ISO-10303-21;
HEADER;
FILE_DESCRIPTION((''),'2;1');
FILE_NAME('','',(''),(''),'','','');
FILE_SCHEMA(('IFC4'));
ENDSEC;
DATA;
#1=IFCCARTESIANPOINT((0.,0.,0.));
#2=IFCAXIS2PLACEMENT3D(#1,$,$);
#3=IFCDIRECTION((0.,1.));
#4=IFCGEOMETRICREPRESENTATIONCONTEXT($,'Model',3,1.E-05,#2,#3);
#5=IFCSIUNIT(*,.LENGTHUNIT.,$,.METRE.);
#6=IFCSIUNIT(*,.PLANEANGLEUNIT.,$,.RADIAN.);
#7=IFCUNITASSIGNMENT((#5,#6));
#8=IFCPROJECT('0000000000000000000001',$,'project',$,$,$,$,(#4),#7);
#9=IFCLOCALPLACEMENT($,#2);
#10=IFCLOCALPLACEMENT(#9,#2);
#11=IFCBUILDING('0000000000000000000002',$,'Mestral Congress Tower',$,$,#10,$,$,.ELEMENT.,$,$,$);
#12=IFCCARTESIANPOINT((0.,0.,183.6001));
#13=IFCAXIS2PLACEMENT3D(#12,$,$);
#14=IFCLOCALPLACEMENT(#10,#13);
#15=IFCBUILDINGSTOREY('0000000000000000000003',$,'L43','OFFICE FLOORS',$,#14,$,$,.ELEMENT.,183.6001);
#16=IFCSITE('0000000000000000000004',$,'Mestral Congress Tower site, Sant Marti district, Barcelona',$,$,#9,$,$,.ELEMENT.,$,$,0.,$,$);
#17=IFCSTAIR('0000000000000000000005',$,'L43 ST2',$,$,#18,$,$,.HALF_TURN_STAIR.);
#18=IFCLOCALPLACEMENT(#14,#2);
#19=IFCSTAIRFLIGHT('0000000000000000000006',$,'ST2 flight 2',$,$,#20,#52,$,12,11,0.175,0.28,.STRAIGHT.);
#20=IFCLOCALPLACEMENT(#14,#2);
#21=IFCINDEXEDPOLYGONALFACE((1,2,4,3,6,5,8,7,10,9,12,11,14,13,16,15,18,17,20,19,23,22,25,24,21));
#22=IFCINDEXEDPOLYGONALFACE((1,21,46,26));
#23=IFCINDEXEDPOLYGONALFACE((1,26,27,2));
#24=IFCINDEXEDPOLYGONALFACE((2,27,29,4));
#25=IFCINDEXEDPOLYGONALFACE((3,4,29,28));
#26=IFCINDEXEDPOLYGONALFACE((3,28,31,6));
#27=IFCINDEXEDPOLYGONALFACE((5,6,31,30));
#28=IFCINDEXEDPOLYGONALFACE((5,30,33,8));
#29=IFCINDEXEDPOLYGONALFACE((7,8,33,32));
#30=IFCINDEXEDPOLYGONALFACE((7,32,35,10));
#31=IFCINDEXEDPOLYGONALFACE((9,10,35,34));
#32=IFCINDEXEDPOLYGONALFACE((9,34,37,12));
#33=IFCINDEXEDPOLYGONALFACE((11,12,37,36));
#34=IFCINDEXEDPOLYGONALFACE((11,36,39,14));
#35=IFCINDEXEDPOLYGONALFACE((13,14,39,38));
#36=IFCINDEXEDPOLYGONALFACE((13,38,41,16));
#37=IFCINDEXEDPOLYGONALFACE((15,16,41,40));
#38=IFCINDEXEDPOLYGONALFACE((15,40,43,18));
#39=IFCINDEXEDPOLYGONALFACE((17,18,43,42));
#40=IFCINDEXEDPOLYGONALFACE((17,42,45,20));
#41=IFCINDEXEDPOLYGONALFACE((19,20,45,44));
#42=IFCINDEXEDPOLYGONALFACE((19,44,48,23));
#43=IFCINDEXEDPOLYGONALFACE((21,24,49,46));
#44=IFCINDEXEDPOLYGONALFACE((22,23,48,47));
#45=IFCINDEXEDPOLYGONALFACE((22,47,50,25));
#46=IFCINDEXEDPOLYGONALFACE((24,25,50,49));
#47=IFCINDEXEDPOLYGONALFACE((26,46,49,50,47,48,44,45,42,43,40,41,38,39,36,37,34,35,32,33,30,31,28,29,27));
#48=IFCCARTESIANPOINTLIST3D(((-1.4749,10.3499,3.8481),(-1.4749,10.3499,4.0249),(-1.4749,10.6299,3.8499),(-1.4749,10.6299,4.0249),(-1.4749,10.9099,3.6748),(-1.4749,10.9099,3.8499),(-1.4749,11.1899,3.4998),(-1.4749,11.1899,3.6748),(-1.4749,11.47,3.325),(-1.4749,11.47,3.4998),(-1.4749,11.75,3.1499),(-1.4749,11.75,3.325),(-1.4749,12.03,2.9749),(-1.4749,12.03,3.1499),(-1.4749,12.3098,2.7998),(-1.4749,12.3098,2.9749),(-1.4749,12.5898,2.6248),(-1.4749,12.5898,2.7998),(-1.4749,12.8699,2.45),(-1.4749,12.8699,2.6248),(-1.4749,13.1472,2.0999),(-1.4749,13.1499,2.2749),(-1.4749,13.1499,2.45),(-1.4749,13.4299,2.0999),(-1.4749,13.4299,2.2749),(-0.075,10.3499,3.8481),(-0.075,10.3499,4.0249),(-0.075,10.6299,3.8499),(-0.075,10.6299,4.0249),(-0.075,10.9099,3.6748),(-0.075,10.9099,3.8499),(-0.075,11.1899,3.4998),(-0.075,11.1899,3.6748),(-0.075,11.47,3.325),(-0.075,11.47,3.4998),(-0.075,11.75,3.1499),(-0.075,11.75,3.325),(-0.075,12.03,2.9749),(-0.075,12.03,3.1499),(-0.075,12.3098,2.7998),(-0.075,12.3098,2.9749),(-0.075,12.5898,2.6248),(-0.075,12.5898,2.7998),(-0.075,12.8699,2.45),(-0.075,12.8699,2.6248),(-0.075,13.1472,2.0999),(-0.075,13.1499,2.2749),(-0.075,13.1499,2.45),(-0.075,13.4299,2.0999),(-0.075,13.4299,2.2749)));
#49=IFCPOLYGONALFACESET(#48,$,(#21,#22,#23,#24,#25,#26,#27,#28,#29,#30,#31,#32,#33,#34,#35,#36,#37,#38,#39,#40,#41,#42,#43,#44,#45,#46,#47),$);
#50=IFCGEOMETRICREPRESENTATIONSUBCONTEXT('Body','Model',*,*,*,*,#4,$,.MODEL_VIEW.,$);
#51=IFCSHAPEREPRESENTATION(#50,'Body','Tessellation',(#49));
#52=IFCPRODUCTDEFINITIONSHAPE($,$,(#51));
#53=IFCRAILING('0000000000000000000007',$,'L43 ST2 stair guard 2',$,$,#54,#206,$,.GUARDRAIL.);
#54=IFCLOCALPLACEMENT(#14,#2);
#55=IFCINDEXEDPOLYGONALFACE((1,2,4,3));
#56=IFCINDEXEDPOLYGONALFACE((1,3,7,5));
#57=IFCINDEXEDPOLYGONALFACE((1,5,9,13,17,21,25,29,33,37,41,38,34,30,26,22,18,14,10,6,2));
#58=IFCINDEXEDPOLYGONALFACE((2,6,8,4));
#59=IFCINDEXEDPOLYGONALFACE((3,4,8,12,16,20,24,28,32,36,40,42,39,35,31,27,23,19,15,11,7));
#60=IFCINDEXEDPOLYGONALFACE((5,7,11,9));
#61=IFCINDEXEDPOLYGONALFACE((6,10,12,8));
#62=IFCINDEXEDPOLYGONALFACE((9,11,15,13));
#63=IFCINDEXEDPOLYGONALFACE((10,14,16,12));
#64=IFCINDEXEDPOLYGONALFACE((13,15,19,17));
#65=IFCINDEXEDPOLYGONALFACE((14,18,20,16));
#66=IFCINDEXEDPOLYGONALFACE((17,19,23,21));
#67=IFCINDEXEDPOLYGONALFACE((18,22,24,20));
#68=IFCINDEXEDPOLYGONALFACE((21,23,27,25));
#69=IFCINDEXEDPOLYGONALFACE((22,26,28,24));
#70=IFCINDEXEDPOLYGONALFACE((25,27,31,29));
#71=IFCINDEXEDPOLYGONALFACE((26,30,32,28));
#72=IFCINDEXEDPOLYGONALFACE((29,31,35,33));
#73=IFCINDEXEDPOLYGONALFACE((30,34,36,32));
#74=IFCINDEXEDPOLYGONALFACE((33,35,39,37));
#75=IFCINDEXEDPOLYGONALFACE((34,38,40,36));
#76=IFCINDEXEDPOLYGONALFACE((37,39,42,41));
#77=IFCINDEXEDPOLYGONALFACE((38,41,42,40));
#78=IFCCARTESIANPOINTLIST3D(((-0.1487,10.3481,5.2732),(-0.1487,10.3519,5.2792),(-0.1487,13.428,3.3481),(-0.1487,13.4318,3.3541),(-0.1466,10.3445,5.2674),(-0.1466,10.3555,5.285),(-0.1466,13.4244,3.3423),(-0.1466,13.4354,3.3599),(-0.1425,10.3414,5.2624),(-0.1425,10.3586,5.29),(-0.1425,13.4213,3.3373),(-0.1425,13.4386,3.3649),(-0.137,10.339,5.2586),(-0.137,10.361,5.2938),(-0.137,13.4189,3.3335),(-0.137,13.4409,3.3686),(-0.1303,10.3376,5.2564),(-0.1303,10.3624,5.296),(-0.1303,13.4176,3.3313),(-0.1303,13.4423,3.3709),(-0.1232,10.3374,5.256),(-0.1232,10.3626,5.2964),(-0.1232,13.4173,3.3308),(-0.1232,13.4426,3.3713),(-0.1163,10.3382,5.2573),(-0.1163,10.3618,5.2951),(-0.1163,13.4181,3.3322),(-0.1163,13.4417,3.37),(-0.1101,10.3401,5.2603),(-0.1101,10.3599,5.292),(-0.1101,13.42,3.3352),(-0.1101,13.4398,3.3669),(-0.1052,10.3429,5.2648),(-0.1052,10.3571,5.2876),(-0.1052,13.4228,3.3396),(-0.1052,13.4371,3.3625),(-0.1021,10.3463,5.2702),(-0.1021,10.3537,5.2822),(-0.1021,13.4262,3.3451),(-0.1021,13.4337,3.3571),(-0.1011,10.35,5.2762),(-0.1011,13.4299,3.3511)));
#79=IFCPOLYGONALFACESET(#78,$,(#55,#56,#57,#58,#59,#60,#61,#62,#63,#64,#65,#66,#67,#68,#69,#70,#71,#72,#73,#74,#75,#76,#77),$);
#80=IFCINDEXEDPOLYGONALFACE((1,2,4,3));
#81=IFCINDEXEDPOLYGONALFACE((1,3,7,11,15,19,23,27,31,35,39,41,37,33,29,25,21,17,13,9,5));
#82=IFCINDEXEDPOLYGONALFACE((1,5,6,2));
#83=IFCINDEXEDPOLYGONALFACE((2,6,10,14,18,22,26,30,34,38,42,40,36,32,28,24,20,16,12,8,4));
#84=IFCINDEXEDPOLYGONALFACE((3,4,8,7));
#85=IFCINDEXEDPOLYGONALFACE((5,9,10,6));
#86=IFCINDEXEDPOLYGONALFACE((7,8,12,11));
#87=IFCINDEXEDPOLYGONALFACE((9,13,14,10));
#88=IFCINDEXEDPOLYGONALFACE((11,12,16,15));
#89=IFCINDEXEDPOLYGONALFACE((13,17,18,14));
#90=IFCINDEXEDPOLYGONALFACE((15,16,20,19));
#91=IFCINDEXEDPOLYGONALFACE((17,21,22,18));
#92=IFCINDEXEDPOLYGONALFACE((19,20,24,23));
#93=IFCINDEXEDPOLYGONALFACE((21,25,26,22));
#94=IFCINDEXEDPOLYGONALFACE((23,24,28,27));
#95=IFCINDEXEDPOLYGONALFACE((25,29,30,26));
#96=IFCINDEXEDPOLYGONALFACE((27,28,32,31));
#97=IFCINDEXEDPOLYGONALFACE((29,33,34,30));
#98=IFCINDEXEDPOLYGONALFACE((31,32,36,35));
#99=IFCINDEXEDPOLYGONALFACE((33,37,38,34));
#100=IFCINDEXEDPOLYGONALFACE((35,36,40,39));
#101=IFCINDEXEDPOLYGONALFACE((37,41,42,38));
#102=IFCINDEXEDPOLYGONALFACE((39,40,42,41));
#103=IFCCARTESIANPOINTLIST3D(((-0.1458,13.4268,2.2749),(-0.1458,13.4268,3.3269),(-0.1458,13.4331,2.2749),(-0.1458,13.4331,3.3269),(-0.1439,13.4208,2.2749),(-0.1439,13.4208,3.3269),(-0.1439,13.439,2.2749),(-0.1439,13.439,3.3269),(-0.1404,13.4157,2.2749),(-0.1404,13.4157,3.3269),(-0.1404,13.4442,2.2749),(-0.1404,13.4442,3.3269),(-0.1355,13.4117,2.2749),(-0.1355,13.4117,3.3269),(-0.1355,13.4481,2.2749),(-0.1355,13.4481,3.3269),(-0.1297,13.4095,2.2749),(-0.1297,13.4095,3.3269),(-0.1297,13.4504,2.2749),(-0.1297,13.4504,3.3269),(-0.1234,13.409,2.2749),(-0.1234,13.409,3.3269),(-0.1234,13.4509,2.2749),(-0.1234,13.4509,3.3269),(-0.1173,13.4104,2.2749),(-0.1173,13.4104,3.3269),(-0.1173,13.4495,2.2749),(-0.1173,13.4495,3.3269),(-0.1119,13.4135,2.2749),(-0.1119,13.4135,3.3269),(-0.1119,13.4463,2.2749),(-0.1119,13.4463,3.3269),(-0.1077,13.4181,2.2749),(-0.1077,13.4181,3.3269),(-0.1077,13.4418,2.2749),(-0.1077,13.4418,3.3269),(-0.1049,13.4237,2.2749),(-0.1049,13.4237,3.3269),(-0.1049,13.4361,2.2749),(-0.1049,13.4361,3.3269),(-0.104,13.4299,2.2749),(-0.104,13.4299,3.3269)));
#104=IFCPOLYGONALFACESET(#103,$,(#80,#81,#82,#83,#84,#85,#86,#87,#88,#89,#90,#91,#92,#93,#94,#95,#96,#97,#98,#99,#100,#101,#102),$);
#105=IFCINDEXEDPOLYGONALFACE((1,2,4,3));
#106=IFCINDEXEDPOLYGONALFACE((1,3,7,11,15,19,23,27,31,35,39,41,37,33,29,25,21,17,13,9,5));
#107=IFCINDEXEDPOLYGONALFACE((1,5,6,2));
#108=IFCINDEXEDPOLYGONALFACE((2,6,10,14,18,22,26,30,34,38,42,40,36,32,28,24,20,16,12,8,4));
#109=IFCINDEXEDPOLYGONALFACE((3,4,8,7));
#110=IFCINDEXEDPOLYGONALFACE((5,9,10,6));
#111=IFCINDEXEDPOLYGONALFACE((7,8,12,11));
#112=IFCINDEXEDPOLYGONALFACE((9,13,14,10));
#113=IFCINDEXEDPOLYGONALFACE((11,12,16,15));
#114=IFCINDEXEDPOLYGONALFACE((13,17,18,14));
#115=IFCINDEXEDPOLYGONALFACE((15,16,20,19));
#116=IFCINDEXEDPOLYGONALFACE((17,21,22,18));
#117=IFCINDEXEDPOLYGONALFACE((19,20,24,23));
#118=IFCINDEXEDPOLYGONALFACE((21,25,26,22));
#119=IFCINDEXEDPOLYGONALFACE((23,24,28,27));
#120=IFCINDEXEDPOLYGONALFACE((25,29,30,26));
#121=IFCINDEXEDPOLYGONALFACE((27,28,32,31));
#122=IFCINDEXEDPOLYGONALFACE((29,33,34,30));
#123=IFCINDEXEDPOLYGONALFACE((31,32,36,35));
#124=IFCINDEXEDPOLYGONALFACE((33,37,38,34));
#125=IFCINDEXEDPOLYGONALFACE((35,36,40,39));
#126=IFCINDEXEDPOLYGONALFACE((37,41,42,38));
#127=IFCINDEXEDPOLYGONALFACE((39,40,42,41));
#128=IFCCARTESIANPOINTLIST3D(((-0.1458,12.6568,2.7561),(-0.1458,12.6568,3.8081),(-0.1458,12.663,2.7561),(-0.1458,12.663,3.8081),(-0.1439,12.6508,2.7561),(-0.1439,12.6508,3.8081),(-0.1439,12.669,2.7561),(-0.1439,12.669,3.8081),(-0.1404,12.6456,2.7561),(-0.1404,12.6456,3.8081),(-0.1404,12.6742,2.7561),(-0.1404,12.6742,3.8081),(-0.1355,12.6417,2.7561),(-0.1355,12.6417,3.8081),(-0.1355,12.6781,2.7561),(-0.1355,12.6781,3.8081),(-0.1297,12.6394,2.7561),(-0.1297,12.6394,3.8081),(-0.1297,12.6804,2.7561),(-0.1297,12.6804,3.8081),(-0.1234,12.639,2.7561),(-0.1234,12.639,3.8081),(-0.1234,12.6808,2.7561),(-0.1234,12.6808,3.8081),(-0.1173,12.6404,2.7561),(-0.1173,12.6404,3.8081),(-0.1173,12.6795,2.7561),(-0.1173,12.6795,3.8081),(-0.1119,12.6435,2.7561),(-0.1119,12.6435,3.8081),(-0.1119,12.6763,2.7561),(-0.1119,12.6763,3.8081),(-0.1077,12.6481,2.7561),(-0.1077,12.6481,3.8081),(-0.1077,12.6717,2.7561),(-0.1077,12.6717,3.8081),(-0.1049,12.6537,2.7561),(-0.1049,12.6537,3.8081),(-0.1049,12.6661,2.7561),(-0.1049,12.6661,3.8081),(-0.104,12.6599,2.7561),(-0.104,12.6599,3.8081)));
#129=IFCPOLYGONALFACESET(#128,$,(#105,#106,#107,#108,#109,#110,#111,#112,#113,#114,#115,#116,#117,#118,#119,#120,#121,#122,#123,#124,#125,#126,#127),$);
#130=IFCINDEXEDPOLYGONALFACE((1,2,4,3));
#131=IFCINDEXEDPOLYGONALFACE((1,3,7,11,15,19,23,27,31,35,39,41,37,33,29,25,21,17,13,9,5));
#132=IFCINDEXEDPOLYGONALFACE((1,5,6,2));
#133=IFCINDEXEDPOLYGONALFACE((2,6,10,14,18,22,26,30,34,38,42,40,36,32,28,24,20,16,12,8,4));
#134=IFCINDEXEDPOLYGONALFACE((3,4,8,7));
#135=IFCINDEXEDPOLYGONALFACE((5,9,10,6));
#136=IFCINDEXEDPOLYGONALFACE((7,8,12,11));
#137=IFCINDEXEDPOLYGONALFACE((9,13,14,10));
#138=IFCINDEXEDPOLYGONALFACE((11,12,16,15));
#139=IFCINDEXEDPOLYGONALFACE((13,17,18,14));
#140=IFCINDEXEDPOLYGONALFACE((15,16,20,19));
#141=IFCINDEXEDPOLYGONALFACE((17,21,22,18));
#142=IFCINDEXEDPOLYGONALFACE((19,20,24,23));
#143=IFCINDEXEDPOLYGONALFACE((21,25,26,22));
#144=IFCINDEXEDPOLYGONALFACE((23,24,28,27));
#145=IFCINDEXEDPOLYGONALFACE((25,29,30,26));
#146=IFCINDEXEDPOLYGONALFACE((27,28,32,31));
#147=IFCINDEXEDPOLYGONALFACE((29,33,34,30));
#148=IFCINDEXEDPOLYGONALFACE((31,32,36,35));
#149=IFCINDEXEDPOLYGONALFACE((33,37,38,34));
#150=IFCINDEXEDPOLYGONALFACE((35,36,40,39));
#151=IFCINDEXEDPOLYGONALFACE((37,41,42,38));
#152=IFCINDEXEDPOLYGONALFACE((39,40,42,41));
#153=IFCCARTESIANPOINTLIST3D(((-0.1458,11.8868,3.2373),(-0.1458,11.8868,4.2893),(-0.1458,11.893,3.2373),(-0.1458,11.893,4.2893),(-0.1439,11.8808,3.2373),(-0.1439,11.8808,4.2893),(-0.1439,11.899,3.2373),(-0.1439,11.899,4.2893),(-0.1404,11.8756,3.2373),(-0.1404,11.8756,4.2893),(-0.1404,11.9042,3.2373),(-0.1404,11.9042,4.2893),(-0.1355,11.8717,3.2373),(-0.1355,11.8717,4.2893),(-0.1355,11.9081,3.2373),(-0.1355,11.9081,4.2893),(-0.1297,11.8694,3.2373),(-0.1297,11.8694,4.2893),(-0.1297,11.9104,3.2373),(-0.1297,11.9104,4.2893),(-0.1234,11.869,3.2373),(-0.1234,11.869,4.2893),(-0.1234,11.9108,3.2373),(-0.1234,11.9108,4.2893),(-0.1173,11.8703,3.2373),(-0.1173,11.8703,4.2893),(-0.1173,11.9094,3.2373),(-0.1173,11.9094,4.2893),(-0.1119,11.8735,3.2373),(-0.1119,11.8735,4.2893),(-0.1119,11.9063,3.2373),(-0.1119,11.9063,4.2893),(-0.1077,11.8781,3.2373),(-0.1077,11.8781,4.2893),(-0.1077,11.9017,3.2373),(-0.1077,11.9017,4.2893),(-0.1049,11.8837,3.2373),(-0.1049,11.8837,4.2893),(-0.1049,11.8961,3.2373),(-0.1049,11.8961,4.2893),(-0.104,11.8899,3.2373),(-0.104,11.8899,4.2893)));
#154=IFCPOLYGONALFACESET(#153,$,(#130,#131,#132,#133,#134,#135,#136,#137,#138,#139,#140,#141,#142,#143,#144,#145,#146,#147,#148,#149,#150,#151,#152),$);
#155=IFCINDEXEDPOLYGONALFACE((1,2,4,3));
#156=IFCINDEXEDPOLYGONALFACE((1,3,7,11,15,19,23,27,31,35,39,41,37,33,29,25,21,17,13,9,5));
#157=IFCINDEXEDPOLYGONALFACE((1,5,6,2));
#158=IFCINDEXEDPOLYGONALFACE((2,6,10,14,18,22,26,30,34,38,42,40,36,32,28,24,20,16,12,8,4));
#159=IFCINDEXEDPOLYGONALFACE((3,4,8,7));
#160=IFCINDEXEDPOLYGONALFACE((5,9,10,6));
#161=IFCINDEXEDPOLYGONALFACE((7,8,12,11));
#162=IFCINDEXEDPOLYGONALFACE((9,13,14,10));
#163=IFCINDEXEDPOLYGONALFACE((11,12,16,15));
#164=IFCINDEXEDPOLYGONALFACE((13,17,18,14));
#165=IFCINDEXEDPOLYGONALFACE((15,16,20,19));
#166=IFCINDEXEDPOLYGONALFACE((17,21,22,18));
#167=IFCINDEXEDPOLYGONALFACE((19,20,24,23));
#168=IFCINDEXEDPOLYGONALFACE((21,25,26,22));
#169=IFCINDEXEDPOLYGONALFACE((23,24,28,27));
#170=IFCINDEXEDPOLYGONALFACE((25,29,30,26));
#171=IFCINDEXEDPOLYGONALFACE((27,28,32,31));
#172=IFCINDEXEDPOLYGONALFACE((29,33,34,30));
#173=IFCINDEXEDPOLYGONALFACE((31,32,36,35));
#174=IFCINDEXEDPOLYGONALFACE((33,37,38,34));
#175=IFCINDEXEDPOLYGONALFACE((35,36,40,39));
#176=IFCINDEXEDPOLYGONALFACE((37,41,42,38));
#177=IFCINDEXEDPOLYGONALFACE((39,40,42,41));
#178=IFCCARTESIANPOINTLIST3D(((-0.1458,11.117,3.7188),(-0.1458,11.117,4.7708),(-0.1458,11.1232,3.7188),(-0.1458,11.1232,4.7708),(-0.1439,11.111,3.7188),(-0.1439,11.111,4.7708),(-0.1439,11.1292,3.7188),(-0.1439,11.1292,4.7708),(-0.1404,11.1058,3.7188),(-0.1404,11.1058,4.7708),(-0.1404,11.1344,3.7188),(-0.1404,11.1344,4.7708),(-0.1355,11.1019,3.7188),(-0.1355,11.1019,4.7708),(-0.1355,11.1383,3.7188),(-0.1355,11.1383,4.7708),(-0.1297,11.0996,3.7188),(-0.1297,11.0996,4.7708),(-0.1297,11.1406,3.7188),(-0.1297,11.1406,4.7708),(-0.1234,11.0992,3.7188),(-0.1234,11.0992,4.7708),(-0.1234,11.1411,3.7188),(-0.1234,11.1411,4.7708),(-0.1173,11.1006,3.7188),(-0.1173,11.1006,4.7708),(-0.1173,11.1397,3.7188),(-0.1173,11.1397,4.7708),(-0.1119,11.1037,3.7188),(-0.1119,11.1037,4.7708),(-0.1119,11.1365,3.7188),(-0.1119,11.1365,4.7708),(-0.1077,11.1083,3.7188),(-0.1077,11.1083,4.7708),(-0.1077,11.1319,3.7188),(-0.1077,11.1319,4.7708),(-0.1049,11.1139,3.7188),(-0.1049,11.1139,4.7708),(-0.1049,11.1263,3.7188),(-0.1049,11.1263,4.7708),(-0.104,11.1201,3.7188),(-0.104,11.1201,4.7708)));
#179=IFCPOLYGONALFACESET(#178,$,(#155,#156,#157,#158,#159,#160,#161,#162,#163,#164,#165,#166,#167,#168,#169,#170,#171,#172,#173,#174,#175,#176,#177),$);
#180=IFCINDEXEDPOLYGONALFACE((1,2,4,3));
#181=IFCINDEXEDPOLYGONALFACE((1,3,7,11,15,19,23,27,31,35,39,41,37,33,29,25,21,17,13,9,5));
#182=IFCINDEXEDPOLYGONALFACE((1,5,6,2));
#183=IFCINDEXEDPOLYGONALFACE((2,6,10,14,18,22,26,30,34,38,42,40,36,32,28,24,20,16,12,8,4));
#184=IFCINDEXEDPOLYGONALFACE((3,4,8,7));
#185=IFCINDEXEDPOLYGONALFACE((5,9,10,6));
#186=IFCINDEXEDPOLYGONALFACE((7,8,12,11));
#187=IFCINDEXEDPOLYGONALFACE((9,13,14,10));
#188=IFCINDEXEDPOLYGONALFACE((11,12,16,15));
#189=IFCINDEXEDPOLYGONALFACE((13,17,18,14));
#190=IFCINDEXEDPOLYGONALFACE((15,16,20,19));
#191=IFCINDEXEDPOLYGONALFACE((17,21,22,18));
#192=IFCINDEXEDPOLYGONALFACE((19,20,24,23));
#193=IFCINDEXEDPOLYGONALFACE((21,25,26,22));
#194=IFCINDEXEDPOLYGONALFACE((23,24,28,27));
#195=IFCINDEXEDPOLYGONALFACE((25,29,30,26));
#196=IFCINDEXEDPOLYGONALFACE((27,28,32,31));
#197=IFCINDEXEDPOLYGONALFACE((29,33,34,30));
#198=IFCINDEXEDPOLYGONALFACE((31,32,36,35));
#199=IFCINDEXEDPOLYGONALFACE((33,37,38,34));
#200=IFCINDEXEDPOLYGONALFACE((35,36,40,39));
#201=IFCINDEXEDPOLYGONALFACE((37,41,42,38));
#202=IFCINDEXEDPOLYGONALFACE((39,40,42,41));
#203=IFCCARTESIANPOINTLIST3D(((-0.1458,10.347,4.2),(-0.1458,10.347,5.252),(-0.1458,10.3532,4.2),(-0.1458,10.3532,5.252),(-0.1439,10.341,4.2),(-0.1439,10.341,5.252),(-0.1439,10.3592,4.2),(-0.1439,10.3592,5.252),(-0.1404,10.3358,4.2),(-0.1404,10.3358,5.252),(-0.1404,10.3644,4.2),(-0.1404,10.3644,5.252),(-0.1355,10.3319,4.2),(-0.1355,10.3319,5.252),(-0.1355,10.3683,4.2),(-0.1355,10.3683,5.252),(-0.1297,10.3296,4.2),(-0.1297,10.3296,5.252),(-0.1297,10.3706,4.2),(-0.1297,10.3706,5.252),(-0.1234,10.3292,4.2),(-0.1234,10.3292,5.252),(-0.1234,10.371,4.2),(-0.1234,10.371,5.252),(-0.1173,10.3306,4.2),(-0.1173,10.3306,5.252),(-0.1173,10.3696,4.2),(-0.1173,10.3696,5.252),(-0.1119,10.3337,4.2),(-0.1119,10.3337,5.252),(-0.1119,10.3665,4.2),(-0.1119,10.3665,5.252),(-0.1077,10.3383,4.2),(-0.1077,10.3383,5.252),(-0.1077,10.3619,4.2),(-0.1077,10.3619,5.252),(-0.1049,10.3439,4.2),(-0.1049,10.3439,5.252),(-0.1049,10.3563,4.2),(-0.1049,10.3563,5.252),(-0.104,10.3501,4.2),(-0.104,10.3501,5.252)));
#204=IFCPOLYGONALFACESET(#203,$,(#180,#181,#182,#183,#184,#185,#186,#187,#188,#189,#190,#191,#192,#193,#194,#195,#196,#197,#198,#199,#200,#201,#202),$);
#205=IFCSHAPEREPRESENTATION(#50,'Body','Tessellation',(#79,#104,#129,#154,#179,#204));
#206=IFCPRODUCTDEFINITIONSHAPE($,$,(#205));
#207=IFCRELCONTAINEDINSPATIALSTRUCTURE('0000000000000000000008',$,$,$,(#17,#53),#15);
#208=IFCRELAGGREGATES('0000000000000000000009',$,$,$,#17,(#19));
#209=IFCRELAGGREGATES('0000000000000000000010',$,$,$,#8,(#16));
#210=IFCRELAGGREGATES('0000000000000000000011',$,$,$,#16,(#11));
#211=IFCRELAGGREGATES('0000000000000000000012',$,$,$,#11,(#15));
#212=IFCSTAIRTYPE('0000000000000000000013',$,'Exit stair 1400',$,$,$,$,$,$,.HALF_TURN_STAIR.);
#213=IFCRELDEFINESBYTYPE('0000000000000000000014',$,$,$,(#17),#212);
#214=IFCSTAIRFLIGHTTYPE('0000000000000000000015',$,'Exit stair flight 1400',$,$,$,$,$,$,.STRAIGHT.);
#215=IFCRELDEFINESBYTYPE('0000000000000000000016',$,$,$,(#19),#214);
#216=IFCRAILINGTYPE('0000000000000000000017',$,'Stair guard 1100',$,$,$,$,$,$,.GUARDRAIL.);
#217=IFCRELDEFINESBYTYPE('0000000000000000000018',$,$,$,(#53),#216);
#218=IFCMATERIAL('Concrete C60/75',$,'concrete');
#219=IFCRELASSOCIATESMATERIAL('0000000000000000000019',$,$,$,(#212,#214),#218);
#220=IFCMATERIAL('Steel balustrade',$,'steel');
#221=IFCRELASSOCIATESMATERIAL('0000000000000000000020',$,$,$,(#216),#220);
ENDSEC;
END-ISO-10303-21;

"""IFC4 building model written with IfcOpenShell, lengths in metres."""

from ifc_helpers import new_model, si_unit, direction, frame, origin, origin_2d, place, context, subcontext, project, spatial, polyline, circle, outline, extrude, material, type_object, element, aggregate, save


model = new_model("IFC4")

# Units and contexts
model_context = context("Model", 3, precision=1e-05, world=origin(), true_north=direction((0.0, 1.0)))
body_context = subcontext(model_context, "Body", "Model", "MODEL_VIEW")
ifc_project = project(units=[si_unit("LENGTHUNIT", "METRE"), si_unit("PLANEANGLEUNIT", "RADIAN")], contexts=[model_context])

# Site, building, storey
site_placement = place(None, origin())
site = spatial("IfcSite", under=ifc_project, at=site_placement, Name="Mestral Congress Tower site, Sant Marti district, Barcelona", CompositionType="ELEMENT", RefElevation=0.0)
building_placement = place(site_placement, origin())
building = spatial("IfcBuilding", under=site, at=building_placement, Name="Mestral Congress Tower", CompositionType="ELEMENT")
storey_placement = place(building_placement, frame((0.0, 0.0, 183.6001)))
storey = spatial("IfcBuildingStorey", under=building, at=storey_placement, Name="L43", Description="OFFICE FLOORS", CompositionType="ELEMENT", Elevation=183.6001)

# Shared definitions
ifc_material_1 = material(Name="Concrete C60/75", Category="concrete")

# Stair, stair flight
stair_type = type_object("IfcStairType", Name="Exit stair 1400", PredefinedType="HALF_TURN_STAIR", material=ifc_material_1)
stair_placement = place(storey_placement, origin())
stair = element("IfcStair", 1, at=stair_placement, inside=storey, type_object=stair_type, Name="L43 ST2", PredefinedType="HALF_TURN_STAIR")
stair_flight_type = type_object("IfcStairFlightType", Name="Exit stair flight 1400", PredefinedType="STRAIGHT", material=ifc_material_1)
stair_flight_placement = place(storey_placement, frame((-0.7749, 13.4299, 2.0999), z_axis=(0.0, 0.0, 1.0), x_axis=(0.0, -1.0, 0.0)))
stair_flight = element("IfcStairFlight", 2, at=stair_flight_placement, type_object=stair_flight_type, Name="ST2 flight 2", NumberOfRisers=12, NumberOfTreads=11, PredefinedType="STRAIGHT", RiserHeight=0.175, TreadLength=0.28, context=body_context, shape_type="SweptSolid", body=[
    extrude(outline(polyline([(0.0, 0.0), (0.0, 0.175), (0.28, 0.175), (0.28, 0.3501), (0.5601, 0.3501), (0.5601, 0.5249), (0.8401, 0.5249), (0.8401, 0.7), (1.1201, 0.7), (1.1201, 0.875), (1.3999, 0.875), (1.3999, 1.05), (1.6799, 1.05), (1.6799, 1.2251), (1.96, 1.2251), (1.96, 1.3999), (2.24, 1.3999), (2.24, 1.575), (2.52, 1.575), (2.52, 1.75), (2.8, 1.75), (2.8, 1.925), (3.0801, 1.925), (3.0801, 2.1001), (3.0801, 1.7483), (0.2827, 0.0), (0.0, 0.0)])), frame((0.0, 0.7, 0.0), z_axis=(0.0, -1.0, 0.0), x_axis=(1.0, 0.0, 0.0)), (0.0, 0.0, 1.0), 1.3999),
])
aggregate(stair, [stair_flight])

# Railing
ifc_material_2 = material(Name="Steel balustrade", Category="steel")
railing_type = type_object("IfcRailingType", Name="Stair guard 1100", PredefinedType="GUARDRAIL", material=ifc_material_2)
railing_placement = place(storey_placement, frame((-0.125, 13.4299, 2.2749)))
element("IfcRailing", 3, at=railing_placement, inside=storey, type_object=railing_type, Name="L43 ST2 stair guard 2", PredefinedType="GUARDRAIL", context=body_context, shape_type="SweptSolid", body=[
    extrude(circle(Radius=0.0239, at=origin_2d()), frame((0.0, 0.0, 1.0762), z_axis=(0.0, -0.847979, 0.530029), x_axis=(1.0, 0.0, 0.0)), (0.0, 0.0, 1.0), 3.6321),
    extrude(circle(Radius=0.021, at=origin_2d()), origin(), (0.0, 0.0, 1.0), 1.052),
    extrude(circle(Radius=0.021, at=origin_2d()), frame((0.0, -0.77, 0.4812)), (0.0, 0.0, 1.0), 1.052),
    extrude(circle(Radius=0.021, at=origin_2d()), frame((0.0, -1.54, 0.9624)), (0.0, 0.0, 1.0), 1.052),
    extrude(circle(Radius=0.021, at=origin_2d()), frame((0.0, -2.3098, 1.4438)), (0.0, 0.0, 1.0), 1.052),
    extrude(circle(Radius=0.021, at=origin_2d()), frame((0.0, -3.0798, 1.925)), (0.0, 0.0, 1.0), 1.052),
])

save(model, "model.ifc")
